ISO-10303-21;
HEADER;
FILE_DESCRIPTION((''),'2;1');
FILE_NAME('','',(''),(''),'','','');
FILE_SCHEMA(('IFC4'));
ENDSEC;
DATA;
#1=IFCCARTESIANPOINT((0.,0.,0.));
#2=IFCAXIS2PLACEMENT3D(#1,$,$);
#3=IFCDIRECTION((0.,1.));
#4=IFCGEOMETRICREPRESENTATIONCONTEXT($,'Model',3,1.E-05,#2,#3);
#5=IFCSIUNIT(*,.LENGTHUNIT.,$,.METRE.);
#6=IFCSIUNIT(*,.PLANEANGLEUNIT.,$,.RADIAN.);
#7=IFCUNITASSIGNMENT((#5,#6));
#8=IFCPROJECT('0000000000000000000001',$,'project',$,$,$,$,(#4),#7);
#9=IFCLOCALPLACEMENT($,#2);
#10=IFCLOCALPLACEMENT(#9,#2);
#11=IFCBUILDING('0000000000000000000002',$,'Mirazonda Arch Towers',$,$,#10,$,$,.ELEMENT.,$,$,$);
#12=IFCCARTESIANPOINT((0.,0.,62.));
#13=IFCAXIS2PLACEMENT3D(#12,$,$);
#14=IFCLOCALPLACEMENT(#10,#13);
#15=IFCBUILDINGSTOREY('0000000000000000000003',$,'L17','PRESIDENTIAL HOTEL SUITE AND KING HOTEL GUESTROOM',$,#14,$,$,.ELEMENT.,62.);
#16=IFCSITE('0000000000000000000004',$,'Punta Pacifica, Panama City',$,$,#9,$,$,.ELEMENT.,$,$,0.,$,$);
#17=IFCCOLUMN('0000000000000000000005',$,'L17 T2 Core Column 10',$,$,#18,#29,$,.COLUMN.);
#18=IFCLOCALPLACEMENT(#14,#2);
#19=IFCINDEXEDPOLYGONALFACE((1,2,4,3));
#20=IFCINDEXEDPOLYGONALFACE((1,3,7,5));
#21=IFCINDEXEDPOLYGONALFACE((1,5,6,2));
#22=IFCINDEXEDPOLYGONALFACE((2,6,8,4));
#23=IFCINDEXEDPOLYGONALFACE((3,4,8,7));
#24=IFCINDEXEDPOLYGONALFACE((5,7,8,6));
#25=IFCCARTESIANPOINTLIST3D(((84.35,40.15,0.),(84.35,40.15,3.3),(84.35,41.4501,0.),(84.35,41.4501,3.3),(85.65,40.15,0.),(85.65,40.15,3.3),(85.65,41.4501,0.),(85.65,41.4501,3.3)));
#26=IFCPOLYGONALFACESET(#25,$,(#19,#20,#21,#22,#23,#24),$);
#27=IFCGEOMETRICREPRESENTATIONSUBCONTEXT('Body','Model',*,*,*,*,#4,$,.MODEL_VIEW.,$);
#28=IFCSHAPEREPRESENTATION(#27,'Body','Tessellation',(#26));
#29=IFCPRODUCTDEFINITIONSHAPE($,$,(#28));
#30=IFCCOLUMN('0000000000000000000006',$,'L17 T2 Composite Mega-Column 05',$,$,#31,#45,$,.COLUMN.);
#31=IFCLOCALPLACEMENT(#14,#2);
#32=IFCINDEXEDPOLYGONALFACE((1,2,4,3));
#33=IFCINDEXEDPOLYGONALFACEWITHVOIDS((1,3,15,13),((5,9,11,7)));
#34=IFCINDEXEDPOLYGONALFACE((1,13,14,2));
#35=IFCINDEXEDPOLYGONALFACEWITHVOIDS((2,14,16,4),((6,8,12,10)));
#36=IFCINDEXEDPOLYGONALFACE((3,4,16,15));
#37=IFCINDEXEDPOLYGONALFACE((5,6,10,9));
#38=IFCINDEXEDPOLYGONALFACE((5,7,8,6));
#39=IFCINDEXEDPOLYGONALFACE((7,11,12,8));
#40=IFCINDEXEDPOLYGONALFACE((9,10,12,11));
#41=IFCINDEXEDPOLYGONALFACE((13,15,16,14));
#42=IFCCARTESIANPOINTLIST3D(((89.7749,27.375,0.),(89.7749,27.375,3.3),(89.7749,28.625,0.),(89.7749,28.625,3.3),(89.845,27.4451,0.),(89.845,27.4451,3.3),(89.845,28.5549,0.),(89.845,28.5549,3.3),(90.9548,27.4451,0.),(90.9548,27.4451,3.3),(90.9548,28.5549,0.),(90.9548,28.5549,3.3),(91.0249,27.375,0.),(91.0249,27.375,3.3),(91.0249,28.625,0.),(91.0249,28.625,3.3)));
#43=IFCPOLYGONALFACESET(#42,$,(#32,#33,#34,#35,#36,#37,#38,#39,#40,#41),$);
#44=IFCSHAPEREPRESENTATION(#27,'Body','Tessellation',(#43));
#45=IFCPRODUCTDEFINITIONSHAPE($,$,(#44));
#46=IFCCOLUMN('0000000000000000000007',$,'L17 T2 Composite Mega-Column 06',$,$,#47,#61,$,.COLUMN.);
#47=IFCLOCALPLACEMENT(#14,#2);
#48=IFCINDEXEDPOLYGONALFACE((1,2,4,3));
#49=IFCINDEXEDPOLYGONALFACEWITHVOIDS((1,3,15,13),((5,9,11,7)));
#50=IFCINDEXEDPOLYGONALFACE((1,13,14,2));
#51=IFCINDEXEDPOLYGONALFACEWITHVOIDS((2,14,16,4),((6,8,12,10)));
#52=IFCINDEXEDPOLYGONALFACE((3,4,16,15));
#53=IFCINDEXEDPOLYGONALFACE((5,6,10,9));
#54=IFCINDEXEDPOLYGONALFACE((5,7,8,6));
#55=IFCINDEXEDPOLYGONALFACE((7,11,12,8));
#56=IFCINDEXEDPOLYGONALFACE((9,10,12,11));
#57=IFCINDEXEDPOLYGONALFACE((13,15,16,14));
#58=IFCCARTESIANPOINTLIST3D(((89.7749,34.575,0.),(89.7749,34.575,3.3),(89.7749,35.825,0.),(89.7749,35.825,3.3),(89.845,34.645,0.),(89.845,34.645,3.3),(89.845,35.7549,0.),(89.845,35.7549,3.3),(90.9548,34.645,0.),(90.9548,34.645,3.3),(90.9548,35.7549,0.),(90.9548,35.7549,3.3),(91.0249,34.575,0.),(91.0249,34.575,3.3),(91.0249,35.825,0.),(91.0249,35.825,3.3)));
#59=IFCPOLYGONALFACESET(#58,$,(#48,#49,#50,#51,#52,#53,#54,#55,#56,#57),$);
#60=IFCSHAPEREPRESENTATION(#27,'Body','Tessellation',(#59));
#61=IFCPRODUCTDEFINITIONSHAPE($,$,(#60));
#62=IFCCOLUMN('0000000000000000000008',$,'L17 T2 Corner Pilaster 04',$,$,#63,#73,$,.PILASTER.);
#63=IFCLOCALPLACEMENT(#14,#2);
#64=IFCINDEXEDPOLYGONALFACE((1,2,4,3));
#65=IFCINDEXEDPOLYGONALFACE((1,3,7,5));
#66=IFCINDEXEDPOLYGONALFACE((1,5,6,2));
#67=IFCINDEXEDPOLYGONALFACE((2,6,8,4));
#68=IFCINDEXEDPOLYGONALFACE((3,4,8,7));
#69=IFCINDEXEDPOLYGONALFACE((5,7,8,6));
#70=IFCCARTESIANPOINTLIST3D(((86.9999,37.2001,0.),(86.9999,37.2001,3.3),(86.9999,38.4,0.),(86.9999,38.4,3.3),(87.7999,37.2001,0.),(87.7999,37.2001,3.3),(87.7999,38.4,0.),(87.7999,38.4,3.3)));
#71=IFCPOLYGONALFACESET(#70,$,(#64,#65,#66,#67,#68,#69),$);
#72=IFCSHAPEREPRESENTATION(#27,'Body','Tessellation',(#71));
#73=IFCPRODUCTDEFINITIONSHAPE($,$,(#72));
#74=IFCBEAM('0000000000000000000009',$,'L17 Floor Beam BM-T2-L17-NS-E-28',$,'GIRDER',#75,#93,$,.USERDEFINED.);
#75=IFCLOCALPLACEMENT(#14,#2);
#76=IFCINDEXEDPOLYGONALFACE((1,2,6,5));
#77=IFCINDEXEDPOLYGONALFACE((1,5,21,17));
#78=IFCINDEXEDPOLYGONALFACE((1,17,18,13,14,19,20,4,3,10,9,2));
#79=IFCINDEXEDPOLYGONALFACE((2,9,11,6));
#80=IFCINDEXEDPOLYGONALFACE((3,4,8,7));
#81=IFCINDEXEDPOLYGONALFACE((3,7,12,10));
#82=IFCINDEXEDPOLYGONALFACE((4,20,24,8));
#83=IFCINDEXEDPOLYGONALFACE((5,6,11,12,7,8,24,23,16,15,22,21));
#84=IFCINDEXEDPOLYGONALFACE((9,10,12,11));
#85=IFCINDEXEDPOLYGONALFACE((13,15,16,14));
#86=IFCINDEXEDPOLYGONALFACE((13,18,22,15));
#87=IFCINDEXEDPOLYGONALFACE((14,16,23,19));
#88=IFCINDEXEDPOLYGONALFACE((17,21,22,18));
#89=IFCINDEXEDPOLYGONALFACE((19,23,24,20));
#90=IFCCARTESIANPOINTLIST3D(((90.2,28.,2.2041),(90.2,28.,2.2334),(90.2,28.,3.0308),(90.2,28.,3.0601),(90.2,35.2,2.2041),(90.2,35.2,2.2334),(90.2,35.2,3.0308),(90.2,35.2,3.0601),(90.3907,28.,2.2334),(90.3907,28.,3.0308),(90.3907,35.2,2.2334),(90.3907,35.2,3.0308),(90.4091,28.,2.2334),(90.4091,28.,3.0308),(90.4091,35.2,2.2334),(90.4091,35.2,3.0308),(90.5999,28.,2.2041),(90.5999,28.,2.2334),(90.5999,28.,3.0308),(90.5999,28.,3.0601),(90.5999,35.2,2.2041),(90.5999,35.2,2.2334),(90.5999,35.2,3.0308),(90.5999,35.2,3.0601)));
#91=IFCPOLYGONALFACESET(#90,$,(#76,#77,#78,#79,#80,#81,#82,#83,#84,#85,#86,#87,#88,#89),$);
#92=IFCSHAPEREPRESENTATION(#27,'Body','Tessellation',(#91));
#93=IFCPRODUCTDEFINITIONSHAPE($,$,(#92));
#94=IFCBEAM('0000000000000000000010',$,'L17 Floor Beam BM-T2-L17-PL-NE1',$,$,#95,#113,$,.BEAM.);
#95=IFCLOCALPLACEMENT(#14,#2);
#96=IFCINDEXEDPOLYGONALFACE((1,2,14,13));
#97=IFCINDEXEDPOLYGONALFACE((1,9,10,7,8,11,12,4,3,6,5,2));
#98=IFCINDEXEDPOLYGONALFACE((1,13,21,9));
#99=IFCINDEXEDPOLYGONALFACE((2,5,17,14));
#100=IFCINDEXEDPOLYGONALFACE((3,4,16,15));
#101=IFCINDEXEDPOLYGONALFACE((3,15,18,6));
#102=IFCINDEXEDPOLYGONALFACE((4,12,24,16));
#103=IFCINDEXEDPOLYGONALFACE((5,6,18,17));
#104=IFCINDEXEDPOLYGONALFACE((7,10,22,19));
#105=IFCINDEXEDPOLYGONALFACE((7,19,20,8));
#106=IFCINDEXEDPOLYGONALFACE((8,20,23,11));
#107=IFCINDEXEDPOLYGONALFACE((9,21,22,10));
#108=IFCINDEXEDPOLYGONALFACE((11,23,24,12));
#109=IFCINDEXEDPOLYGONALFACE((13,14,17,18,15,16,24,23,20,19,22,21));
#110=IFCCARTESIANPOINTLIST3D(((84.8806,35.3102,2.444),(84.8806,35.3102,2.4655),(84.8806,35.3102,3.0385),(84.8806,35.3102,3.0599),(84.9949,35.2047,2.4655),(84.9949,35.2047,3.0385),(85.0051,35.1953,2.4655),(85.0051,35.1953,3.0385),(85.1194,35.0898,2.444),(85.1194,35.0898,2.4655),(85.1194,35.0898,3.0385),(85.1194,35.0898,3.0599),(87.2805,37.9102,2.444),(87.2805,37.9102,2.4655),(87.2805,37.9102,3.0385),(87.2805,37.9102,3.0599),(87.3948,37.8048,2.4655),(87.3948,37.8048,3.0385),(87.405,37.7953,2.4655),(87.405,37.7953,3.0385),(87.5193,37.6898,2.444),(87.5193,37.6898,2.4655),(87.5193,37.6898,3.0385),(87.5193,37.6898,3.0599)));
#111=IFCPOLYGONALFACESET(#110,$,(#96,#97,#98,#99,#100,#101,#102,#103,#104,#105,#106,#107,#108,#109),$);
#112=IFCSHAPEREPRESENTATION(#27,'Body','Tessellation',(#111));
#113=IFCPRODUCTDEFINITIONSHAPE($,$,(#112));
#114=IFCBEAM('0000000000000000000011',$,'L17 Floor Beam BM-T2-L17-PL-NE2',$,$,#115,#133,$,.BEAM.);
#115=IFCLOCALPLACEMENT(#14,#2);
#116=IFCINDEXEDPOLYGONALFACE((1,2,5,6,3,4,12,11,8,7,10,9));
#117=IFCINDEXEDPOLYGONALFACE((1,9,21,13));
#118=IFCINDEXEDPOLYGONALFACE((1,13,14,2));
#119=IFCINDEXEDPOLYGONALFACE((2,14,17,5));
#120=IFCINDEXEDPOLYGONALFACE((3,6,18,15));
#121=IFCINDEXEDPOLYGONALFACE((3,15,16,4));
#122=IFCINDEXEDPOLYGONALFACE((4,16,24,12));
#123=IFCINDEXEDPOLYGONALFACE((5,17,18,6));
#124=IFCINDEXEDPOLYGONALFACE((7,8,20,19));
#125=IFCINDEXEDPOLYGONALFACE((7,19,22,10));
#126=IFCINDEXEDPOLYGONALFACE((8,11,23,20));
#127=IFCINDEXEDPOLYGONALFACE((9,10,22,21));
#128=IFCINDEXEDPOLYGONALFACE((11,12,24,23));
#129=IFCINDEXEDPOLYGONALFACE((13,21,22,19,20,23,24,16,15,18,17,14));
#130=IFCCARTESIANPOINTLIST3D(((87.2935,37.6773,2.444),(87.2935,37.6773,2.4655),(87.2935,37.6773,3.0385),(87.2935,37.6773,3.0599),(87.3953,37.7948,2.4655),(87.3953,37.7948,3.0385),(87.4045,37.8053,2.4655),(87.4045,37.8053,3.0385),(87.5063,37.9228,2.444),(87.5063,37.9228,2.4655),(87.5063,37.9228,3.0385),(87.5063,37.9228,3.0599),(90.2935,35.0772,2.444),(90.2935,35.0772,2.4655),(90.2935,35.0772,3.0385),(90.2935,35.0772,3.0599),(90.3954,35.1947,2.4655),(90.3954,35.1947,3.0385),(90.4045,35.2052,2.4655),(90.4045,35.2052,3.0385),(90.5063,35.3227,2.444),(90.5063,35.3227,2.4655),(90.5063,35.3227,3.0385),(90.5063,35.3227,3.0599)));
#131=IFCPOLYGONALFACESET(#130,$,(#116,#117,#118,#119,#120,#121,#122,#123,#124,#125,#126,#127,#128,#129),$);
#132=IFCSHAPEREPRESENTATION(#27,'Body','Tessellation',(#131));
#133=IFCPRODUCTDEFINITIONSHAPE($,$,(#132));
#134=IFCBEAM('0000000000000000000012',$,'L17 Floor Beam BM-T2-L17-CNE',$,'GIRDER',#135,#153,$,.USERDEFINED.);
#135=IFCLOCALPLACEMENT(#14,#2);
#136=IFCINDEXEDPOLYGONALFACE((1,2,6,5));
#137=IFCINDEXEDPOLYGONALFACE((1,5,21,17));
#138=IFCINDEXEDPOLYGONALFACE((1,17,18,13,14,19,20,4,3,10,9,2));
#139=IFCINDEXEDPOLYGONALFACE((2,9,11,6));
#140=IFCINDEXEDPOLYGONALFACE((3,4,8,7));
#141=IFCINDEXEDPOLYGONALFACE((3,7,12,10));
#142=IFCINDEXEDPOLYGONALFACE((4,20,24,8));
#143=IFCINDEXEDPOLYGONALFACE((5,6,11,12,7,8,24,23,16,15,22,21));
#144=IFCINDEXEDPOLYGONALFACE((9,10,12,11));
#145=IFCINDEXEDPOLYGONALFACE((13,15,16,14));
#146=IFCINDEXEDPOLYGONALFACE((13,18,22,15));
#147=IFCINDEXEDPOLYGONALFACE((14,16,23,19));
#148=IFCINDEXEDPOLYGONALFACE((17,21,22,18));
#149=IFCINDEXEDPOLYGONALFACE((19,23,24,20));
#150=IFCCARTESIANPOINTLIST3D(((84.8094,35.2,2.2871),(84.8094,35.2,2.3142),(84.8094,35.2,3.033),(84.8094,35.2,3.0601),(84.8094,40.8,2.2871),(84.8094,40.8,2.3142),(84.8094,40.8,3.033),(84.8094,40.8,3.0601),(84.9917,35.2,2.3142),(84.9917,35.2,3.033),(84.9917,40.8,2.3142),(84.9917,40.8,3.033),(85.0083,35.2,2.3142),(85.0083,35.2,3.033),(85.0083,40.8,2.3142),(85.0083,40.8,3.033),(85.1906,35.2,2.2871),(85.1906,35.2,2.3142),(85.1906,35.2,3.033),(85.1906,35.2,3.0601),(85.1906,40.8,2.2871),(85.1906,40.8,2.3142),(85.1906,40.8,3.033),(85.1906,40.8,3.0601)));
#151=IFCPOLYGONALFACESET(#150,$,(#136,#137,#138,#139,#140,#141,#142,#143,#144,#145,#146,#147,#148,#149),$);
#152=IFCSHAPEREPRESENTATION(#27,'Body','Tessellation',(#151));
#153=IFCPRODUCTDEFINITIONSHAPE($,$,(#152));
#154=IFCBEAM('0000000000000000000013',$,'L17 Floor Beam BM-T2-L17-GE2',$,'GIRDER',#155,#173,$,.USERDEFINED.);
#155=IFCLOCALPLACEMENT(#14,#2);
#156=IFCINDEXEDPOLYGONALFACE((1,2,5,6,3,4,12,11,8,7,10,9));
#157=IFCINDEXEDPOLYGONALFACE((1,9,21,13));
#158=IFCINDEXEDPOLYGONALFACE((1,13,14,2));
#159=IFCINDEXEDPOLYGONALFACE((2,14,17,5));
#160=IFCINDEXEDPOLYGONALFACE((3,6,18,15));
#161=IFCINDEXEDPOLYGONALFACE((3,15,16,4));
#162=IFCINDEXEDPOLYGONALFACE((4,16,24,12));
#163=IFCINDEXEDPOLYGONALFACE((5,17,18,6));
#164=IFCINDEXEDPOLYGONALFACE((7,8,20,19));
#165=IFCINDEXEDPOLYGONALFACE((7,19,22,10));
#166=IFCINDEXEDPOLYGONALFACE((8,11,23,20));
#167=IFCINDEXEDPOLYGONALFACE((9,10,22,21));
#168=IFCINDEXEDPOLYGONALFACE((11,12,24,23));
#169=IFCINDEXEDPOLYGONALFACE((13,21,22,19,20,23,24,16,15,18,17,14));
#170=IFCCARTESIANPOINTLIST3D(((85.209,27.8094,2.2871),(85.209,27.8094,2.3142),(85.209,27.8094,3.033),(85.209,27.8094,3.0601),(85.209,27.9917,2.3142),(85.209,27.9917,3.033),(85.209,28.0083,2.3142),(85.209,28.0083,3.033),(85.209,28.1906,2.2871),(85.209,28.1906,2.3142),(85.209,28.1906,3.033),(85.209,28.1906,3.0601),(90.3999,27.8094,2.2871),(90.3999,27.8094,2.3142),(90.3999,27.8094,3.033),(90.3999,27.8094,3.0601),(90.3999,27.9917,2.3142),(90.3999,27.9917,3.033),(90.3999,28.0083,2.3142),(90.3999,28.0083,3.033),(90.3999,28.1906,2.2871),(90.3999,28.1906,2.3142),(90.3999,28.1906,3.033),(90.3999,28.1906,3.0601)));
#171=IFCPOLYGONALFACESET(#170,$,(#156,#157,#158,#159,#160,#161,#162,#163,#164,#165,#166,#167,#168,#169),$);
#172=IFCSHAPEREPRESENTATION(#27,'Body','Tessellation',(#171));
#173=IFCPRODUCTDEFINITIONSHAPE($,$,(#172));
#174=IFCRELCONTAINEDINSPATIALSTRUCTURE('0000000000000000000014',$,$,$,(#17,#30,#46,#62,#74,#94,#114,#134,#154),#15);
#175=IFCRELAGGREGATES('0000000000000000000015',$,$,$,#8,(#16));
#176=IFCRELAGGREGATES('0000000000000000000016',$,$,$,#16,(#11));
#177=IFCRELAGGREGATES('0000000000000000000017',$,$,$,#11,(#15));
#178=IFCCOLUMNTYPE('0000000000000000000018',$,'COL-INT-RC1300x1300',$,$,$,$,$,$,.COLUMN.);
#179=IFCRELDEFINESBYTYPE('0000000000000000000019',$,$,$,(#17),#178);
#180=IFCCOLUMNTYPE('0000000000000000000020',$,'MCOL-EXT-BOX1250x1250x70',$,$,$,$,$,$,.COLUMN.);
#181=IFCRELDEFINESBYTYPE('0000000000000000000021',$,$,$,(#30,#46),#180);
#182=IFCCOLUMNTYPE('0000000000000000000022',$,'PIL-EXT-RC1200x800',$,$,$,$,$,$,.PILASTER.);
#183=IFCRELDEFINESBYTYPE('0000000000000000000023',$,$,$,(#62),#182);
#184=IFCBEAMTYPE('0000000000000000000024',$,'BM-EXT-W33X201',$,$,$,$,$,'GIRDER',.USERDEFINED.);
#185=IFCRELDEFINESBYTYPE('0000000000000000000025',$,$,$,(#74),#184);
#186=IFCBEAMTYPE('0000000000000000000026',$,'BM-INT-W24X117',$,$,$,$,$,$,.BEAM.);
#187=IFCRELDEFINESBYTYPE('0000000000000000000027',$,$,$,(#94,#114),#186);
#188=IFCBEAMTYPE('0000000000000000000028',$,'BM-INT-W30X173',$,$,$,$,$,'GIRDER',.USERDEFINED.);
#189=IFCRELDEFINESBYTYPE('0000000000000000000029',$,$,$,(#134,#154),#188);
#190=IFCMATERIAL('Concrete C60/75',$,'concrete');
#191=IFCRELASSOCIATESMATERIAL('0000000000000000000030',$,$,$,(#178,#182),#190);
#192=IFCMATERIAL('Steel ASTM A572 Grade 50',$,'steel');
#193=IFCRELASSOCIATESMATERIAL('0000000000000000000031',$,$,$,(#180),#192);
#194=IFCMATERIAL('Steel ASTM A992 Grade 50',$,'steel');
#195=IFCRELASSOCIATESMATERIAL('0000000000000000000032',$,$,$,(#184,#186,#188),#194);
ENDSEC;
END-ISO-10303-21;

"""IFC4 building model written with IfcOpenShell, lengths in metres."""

from ifc_helpers import new_model, si_unit, direction, frame, origin, origin_2d, place, context, subcontext, project, spatial, rectangle, hollow_rectangle, i_section, extrude, material, material_profile, profile_set, type_object, element, save


model = new_model("IFC4")

# Units and contexts
model_context = context("Model", 3, precision=1e-05, world=origin(), true_north=direction((0.0, 1.0)))
body_context = subcontext(model_context, "Body", "Model", "MODEL_VIEW")
ifc_project = project(units=[si_unit("LENGTHUNIT", "METRE"), si_unit("PLANEANGLEUNIT", "RADIAN")], contexts=[model_context])

# Site, building, storey
site_placement = place(None, origin())
site = spatial("IfcSite", under=ifc_project, at=site_placement, Name="Punta Pacifica, Panama City", CompositionType="ELEMENT", RefElevation=0.0)
building_placement = place(site_placement, origin())
building = spatial("IfcBuilding", under=site, at=building_placement, Name="Mirazonda Arch Towers", CompositionType="ELEMENT")
storey_placement = place(building_placement, frame((0.0, 0.0, 62.0)))
storey = spatial("IfcBuildingStorey", under=building, at=storey_placement, Name="L17", Description="PRESIDENTIAL HOTEL SUITE AND KING HOTEL GUESTROOM", CompositionType="ELEMENT", Elevation=62.0)

# Columns
ifc_material_1 = material(Name="Concrete C60/75", Category="concrete")
ifc_material_profile_1 = material_profile(ifc_material_1, rectangle(XDim=1.3, YDim=1.3, at=origin_2d()), Name="RC1300x1300")
ifc_profile_set_1 = profile_set([ifc_material_profile_1], Name="Concrete C60/75")
column_type_1 = type_object("IfcColumnType", Name="COL-INT-RC1300x1300", PredefinedType="COLUMN", material=ifc_profile_set_1)
column_1_placement = place(storey_placement, frame((85.0, 40.8, 0.0), z_axis=(0.0, 0.0, 1.0), x_axis=(1.0, 0.0, 0.0)))
element("IfcColumn", 1, at=column_1_placement, inside=storey, type_object=column_type_1, Name="L17 T2 Core Column 10", PredefinedType="COLUMN", context=body_context, shape_type="SweptSolid", body=[
    extrude(rectangle(XDim=1.3, YDim=1.3, at=origin_2d()), origin(), (0.0, 0.0, 1.0), 3.3),
])
ifc_material_2 = material(Name="Steel ASTM A572 Grade 50", Category="steel")
ifc_material_profile_2 = material_profile(ifc_material_2, hollow_rectangle(XDim=1.25, YDim=1.25, WallThickness=0.0701, at=origin_2d()), Name="BOX1250x1250x70")
ifc_profile_set_2 = profile_set([ifc_material_profile_2], Name="Steel ASTM A572 Grade 50")
column_type_2 = type_object("IfcColumnType", Name="MCOL-EXT-BOX1250x1250x70", PredefinedType="COLUMN", material=ifc_profile_set_2)
for number, where, z_axis, x_axis, name in (
    (2, (90.3999, 28.0, 0.0), (0.0, 0.0, 1.0), (1.0, 0.0, 0.0), "L17 T2 Composite Mega-Column 05"),
    (3, (90.3999, 35.2, 0.0), (0.0, 0.0, 1.0), (1.0, 0.0, 0.0), "L17 T2 Composite Mega-Column 06"),
):
    element("IfcColumn", number, at=place(storey_placement, frame(where, z_axis=z_axis, x_axis=x_axis)), inside=storey, type_object=column_type_2, Name=name, PredefinedType="COLUMN", context=body_context, shape_type="SweptSolid", body=[
        extrude(hollow_rectangle(XDim=1.25, YDim=1.25, WallThickness=0.0701, at=origin_2d()), origin(), (0.0, 0.0, 1.0), 3.3),
    ])
ifc_material_profile_3 = material_profile(ifc_material_1, rectangle(XDim=0.8, YDim=1.2, at=origin_2d()), Name="RC1200x800")
ifc_profile_set_3 = profile_set([ifc_material_profile_3], Name="Concrete C60/75")
column_type_3 = type_object("IfcColumnType", Name="PIL-EXT-RC1200x800", PredefinedType="PILASTER", material=ifc_profile_set_3)
column_2_placement = place(storey_placement, frame((87.3999, 37.8, 0.0), z_axis=(0.0, 0.0, 1.0), x_axis=(1.0, 0.0, 0.0)))
element("IfcColumn", 4, at=column_2_placement, inside=storey, type_object=column_type_3, Name="L17 T2 Corner Pilaster 04", PredefinedType="PILASTER", context=body_context, shape_type="SweptSolid", body=[
    extrude(rectangle(XDim=0.8, YDim=1.2, at=origin_2d()), origin(), (0.0, 0.0, 1.0), 3.3),
])

# Beams
ifc_material_3 = material(Name="Steel ASTM A992 Grade 50", Category="steel")
ifc_material_profile_4 = material_profile(ifc_material_3, i_section(OverallWidth=0.3999, OverallDepth=0.856, WebThickness=0.0183, FlangeThickness=0.0293, at=origin_2d()), Name="W33X201")
ifc_profile_set_4 = profile_set([ifc_material_profile_4], Name="Steel ASTM A992 Grade 50")
beam_type_1 = type_object("IfcBeamType", Name="BM-EXT-W33X201", ElementType="GIRDER", PredefinedType="USERDEFINED", material=ifc_profile_set_4)
beam_1_placement = place(storey_placement, frame((90.3999, 28.0, 2.6321), z_axis=(0.0, 1.0, 0.0), x_axis=(-1.0, 0.0, 0.0)))
element("IfcBeam", 5, at=beam_1_placement, inside=storey, type_object=beam_type_1, Name="L17 Floor Beam BM-T2-L17-NS-E-28", ObjectType="GIRDER", PredefinedType="USERDEFINED", context=body_context, shape_type="SweptSolid", body=[
    extrude(i_section(OverallWidth=0.3999, OverallDepth=0.856, WebThickness=0.0183, FlangeThickness=0.0293, at=origin_2d()), origin(), (0.0, 0.0, 1.0), 7.2),
])
ifc_material_profile_5 = material_profile(ifc_material_3, i_section(OverallWidth=0.325, OverallDepth=0.616, WebThickness=0.0139, FlangeThickness=0.0215, at=origin_2d()), Name="W24X117")
ifc_profile_set_5 = profile_set([ifc_material_profile_5], Name="Steel ASTM A992 Grade 50")
beam_type_2 = type_object("IfcBeamType", Name="BM-INT-W24X117", PredefinedType="BEAM", material=ifc_profile_set_5)
beam_2_placement = place(storey_placement, frame((87.3999, 37.8, 2.752), z_axis=(-0.678251, -0.73483, 0.0), x_axis=(0.73483, -0.678251, 0.0)))
element("IfcBeam", 6, at=beam_2_placement, inside=storey, type_object=beam_type_2, Name="L17 Floor Beam BM-T2-L17-PL-NE1", PredefinedType="BEAM", context=body_context, shape_type="SweptSolid", body=[
    extrude(i_section(OverallWidth=0.325, OverallDepth=0.616, WebThickness=0.0139, FlangeThickness=0.0215, at=origin_2d()), origin(), (0.0, 0.0, 1.0), 3.5383),
])
beam_3_placement = place(storey_placement, frame((87.3999, 37.8, 2.752), z_axis=(0.755677, -0.654945, 0.0), x_axis=(0.654945, 0.755677, 0.0)))
element("IfcBeam", 7, at=beam_3_placement, inside=storey, type_object=beam_type_2, Name="L17 Floor Beam BM-T2-L17-PL-NE2", PredefinedType="BEAM", context=body_context, shape_type="SweptSolid", body=[
    extrude(i_section(OverallWidth=0.325, OverallDepth=0.616, WebThickness=0.0139, FlangeThickness=0.0215, at=origin_2d()), origin(), (0.0, 0.0, 1.0), 3.97),
])
ifc_material_profile_6 = material_profile(ifc_material_3, i_section(OverallWidth=0.3811, OverallDepth=0.7729, WebThickness=0.0166, FlangeThickness=0.0271, at=origin_2d()), Name="W30X173")
ifc_profile_set_6 = profile_set([ifc_material_profile_6], Name="Steel ASTM A992 Grade 50")
beam_type_3 = type_object("IfcBeamType", Name="BM-INT-W30X173", ElementType="GIRDER", PredefinedType="USERDEFINED", material=ifc_profile_set_6)
beam_4_placement = place(storey_placement, frame((85.0, 35.2, 2.6736), z_axis=(0.0, 1.0, 0.0), x_axis=(-1.0, 0.0, 0.0)))
element("IfcBeam", 8, at=beam_4_placement, inside=storey, type_object=beam_type_3, Name="L17 Floor Beam BM-T2-L17-CNE", ObjectType="GIRDER", PredefinedType="USERDEFINED", context=body_context, shape_type="SweptSolid", body=[
    extrude(i_section(OverallWidth=0.3811, OverallDepth=0.7729, WebThickness=0.0166, FlangeThickness=0.0271, at=origin_2d()), origin(), (0.0, 0.0, 1.0), 5.6001),
])
beam_5_placement = place(storey_placement, frame((85.209, 28.0, 2.6736), z_axis=(1.0, 0.0, 0.0), x_axis=(0.0, 1.0, 0.0)))
element("IfcBeam", 9, at=beam_5_placement, inside=storey, type_object=beam_type_3, Name="L17 Floor Beam BM-T2-L17-GE2", ObjectType="GIRDER", PredefinedType="USERDEFINED", context=body_context, shape_type="SweptSolid", body=[
    extrude(i_section(OverallWidth=0.3811, OverallDepth=0.7729, WebThickness=0.0166, FlangeThickness=0.0271, at=origin_2d()), origin(), (0.0, 0.0, 1.0), 5.1909),
])

save(model, "model.ifc")
